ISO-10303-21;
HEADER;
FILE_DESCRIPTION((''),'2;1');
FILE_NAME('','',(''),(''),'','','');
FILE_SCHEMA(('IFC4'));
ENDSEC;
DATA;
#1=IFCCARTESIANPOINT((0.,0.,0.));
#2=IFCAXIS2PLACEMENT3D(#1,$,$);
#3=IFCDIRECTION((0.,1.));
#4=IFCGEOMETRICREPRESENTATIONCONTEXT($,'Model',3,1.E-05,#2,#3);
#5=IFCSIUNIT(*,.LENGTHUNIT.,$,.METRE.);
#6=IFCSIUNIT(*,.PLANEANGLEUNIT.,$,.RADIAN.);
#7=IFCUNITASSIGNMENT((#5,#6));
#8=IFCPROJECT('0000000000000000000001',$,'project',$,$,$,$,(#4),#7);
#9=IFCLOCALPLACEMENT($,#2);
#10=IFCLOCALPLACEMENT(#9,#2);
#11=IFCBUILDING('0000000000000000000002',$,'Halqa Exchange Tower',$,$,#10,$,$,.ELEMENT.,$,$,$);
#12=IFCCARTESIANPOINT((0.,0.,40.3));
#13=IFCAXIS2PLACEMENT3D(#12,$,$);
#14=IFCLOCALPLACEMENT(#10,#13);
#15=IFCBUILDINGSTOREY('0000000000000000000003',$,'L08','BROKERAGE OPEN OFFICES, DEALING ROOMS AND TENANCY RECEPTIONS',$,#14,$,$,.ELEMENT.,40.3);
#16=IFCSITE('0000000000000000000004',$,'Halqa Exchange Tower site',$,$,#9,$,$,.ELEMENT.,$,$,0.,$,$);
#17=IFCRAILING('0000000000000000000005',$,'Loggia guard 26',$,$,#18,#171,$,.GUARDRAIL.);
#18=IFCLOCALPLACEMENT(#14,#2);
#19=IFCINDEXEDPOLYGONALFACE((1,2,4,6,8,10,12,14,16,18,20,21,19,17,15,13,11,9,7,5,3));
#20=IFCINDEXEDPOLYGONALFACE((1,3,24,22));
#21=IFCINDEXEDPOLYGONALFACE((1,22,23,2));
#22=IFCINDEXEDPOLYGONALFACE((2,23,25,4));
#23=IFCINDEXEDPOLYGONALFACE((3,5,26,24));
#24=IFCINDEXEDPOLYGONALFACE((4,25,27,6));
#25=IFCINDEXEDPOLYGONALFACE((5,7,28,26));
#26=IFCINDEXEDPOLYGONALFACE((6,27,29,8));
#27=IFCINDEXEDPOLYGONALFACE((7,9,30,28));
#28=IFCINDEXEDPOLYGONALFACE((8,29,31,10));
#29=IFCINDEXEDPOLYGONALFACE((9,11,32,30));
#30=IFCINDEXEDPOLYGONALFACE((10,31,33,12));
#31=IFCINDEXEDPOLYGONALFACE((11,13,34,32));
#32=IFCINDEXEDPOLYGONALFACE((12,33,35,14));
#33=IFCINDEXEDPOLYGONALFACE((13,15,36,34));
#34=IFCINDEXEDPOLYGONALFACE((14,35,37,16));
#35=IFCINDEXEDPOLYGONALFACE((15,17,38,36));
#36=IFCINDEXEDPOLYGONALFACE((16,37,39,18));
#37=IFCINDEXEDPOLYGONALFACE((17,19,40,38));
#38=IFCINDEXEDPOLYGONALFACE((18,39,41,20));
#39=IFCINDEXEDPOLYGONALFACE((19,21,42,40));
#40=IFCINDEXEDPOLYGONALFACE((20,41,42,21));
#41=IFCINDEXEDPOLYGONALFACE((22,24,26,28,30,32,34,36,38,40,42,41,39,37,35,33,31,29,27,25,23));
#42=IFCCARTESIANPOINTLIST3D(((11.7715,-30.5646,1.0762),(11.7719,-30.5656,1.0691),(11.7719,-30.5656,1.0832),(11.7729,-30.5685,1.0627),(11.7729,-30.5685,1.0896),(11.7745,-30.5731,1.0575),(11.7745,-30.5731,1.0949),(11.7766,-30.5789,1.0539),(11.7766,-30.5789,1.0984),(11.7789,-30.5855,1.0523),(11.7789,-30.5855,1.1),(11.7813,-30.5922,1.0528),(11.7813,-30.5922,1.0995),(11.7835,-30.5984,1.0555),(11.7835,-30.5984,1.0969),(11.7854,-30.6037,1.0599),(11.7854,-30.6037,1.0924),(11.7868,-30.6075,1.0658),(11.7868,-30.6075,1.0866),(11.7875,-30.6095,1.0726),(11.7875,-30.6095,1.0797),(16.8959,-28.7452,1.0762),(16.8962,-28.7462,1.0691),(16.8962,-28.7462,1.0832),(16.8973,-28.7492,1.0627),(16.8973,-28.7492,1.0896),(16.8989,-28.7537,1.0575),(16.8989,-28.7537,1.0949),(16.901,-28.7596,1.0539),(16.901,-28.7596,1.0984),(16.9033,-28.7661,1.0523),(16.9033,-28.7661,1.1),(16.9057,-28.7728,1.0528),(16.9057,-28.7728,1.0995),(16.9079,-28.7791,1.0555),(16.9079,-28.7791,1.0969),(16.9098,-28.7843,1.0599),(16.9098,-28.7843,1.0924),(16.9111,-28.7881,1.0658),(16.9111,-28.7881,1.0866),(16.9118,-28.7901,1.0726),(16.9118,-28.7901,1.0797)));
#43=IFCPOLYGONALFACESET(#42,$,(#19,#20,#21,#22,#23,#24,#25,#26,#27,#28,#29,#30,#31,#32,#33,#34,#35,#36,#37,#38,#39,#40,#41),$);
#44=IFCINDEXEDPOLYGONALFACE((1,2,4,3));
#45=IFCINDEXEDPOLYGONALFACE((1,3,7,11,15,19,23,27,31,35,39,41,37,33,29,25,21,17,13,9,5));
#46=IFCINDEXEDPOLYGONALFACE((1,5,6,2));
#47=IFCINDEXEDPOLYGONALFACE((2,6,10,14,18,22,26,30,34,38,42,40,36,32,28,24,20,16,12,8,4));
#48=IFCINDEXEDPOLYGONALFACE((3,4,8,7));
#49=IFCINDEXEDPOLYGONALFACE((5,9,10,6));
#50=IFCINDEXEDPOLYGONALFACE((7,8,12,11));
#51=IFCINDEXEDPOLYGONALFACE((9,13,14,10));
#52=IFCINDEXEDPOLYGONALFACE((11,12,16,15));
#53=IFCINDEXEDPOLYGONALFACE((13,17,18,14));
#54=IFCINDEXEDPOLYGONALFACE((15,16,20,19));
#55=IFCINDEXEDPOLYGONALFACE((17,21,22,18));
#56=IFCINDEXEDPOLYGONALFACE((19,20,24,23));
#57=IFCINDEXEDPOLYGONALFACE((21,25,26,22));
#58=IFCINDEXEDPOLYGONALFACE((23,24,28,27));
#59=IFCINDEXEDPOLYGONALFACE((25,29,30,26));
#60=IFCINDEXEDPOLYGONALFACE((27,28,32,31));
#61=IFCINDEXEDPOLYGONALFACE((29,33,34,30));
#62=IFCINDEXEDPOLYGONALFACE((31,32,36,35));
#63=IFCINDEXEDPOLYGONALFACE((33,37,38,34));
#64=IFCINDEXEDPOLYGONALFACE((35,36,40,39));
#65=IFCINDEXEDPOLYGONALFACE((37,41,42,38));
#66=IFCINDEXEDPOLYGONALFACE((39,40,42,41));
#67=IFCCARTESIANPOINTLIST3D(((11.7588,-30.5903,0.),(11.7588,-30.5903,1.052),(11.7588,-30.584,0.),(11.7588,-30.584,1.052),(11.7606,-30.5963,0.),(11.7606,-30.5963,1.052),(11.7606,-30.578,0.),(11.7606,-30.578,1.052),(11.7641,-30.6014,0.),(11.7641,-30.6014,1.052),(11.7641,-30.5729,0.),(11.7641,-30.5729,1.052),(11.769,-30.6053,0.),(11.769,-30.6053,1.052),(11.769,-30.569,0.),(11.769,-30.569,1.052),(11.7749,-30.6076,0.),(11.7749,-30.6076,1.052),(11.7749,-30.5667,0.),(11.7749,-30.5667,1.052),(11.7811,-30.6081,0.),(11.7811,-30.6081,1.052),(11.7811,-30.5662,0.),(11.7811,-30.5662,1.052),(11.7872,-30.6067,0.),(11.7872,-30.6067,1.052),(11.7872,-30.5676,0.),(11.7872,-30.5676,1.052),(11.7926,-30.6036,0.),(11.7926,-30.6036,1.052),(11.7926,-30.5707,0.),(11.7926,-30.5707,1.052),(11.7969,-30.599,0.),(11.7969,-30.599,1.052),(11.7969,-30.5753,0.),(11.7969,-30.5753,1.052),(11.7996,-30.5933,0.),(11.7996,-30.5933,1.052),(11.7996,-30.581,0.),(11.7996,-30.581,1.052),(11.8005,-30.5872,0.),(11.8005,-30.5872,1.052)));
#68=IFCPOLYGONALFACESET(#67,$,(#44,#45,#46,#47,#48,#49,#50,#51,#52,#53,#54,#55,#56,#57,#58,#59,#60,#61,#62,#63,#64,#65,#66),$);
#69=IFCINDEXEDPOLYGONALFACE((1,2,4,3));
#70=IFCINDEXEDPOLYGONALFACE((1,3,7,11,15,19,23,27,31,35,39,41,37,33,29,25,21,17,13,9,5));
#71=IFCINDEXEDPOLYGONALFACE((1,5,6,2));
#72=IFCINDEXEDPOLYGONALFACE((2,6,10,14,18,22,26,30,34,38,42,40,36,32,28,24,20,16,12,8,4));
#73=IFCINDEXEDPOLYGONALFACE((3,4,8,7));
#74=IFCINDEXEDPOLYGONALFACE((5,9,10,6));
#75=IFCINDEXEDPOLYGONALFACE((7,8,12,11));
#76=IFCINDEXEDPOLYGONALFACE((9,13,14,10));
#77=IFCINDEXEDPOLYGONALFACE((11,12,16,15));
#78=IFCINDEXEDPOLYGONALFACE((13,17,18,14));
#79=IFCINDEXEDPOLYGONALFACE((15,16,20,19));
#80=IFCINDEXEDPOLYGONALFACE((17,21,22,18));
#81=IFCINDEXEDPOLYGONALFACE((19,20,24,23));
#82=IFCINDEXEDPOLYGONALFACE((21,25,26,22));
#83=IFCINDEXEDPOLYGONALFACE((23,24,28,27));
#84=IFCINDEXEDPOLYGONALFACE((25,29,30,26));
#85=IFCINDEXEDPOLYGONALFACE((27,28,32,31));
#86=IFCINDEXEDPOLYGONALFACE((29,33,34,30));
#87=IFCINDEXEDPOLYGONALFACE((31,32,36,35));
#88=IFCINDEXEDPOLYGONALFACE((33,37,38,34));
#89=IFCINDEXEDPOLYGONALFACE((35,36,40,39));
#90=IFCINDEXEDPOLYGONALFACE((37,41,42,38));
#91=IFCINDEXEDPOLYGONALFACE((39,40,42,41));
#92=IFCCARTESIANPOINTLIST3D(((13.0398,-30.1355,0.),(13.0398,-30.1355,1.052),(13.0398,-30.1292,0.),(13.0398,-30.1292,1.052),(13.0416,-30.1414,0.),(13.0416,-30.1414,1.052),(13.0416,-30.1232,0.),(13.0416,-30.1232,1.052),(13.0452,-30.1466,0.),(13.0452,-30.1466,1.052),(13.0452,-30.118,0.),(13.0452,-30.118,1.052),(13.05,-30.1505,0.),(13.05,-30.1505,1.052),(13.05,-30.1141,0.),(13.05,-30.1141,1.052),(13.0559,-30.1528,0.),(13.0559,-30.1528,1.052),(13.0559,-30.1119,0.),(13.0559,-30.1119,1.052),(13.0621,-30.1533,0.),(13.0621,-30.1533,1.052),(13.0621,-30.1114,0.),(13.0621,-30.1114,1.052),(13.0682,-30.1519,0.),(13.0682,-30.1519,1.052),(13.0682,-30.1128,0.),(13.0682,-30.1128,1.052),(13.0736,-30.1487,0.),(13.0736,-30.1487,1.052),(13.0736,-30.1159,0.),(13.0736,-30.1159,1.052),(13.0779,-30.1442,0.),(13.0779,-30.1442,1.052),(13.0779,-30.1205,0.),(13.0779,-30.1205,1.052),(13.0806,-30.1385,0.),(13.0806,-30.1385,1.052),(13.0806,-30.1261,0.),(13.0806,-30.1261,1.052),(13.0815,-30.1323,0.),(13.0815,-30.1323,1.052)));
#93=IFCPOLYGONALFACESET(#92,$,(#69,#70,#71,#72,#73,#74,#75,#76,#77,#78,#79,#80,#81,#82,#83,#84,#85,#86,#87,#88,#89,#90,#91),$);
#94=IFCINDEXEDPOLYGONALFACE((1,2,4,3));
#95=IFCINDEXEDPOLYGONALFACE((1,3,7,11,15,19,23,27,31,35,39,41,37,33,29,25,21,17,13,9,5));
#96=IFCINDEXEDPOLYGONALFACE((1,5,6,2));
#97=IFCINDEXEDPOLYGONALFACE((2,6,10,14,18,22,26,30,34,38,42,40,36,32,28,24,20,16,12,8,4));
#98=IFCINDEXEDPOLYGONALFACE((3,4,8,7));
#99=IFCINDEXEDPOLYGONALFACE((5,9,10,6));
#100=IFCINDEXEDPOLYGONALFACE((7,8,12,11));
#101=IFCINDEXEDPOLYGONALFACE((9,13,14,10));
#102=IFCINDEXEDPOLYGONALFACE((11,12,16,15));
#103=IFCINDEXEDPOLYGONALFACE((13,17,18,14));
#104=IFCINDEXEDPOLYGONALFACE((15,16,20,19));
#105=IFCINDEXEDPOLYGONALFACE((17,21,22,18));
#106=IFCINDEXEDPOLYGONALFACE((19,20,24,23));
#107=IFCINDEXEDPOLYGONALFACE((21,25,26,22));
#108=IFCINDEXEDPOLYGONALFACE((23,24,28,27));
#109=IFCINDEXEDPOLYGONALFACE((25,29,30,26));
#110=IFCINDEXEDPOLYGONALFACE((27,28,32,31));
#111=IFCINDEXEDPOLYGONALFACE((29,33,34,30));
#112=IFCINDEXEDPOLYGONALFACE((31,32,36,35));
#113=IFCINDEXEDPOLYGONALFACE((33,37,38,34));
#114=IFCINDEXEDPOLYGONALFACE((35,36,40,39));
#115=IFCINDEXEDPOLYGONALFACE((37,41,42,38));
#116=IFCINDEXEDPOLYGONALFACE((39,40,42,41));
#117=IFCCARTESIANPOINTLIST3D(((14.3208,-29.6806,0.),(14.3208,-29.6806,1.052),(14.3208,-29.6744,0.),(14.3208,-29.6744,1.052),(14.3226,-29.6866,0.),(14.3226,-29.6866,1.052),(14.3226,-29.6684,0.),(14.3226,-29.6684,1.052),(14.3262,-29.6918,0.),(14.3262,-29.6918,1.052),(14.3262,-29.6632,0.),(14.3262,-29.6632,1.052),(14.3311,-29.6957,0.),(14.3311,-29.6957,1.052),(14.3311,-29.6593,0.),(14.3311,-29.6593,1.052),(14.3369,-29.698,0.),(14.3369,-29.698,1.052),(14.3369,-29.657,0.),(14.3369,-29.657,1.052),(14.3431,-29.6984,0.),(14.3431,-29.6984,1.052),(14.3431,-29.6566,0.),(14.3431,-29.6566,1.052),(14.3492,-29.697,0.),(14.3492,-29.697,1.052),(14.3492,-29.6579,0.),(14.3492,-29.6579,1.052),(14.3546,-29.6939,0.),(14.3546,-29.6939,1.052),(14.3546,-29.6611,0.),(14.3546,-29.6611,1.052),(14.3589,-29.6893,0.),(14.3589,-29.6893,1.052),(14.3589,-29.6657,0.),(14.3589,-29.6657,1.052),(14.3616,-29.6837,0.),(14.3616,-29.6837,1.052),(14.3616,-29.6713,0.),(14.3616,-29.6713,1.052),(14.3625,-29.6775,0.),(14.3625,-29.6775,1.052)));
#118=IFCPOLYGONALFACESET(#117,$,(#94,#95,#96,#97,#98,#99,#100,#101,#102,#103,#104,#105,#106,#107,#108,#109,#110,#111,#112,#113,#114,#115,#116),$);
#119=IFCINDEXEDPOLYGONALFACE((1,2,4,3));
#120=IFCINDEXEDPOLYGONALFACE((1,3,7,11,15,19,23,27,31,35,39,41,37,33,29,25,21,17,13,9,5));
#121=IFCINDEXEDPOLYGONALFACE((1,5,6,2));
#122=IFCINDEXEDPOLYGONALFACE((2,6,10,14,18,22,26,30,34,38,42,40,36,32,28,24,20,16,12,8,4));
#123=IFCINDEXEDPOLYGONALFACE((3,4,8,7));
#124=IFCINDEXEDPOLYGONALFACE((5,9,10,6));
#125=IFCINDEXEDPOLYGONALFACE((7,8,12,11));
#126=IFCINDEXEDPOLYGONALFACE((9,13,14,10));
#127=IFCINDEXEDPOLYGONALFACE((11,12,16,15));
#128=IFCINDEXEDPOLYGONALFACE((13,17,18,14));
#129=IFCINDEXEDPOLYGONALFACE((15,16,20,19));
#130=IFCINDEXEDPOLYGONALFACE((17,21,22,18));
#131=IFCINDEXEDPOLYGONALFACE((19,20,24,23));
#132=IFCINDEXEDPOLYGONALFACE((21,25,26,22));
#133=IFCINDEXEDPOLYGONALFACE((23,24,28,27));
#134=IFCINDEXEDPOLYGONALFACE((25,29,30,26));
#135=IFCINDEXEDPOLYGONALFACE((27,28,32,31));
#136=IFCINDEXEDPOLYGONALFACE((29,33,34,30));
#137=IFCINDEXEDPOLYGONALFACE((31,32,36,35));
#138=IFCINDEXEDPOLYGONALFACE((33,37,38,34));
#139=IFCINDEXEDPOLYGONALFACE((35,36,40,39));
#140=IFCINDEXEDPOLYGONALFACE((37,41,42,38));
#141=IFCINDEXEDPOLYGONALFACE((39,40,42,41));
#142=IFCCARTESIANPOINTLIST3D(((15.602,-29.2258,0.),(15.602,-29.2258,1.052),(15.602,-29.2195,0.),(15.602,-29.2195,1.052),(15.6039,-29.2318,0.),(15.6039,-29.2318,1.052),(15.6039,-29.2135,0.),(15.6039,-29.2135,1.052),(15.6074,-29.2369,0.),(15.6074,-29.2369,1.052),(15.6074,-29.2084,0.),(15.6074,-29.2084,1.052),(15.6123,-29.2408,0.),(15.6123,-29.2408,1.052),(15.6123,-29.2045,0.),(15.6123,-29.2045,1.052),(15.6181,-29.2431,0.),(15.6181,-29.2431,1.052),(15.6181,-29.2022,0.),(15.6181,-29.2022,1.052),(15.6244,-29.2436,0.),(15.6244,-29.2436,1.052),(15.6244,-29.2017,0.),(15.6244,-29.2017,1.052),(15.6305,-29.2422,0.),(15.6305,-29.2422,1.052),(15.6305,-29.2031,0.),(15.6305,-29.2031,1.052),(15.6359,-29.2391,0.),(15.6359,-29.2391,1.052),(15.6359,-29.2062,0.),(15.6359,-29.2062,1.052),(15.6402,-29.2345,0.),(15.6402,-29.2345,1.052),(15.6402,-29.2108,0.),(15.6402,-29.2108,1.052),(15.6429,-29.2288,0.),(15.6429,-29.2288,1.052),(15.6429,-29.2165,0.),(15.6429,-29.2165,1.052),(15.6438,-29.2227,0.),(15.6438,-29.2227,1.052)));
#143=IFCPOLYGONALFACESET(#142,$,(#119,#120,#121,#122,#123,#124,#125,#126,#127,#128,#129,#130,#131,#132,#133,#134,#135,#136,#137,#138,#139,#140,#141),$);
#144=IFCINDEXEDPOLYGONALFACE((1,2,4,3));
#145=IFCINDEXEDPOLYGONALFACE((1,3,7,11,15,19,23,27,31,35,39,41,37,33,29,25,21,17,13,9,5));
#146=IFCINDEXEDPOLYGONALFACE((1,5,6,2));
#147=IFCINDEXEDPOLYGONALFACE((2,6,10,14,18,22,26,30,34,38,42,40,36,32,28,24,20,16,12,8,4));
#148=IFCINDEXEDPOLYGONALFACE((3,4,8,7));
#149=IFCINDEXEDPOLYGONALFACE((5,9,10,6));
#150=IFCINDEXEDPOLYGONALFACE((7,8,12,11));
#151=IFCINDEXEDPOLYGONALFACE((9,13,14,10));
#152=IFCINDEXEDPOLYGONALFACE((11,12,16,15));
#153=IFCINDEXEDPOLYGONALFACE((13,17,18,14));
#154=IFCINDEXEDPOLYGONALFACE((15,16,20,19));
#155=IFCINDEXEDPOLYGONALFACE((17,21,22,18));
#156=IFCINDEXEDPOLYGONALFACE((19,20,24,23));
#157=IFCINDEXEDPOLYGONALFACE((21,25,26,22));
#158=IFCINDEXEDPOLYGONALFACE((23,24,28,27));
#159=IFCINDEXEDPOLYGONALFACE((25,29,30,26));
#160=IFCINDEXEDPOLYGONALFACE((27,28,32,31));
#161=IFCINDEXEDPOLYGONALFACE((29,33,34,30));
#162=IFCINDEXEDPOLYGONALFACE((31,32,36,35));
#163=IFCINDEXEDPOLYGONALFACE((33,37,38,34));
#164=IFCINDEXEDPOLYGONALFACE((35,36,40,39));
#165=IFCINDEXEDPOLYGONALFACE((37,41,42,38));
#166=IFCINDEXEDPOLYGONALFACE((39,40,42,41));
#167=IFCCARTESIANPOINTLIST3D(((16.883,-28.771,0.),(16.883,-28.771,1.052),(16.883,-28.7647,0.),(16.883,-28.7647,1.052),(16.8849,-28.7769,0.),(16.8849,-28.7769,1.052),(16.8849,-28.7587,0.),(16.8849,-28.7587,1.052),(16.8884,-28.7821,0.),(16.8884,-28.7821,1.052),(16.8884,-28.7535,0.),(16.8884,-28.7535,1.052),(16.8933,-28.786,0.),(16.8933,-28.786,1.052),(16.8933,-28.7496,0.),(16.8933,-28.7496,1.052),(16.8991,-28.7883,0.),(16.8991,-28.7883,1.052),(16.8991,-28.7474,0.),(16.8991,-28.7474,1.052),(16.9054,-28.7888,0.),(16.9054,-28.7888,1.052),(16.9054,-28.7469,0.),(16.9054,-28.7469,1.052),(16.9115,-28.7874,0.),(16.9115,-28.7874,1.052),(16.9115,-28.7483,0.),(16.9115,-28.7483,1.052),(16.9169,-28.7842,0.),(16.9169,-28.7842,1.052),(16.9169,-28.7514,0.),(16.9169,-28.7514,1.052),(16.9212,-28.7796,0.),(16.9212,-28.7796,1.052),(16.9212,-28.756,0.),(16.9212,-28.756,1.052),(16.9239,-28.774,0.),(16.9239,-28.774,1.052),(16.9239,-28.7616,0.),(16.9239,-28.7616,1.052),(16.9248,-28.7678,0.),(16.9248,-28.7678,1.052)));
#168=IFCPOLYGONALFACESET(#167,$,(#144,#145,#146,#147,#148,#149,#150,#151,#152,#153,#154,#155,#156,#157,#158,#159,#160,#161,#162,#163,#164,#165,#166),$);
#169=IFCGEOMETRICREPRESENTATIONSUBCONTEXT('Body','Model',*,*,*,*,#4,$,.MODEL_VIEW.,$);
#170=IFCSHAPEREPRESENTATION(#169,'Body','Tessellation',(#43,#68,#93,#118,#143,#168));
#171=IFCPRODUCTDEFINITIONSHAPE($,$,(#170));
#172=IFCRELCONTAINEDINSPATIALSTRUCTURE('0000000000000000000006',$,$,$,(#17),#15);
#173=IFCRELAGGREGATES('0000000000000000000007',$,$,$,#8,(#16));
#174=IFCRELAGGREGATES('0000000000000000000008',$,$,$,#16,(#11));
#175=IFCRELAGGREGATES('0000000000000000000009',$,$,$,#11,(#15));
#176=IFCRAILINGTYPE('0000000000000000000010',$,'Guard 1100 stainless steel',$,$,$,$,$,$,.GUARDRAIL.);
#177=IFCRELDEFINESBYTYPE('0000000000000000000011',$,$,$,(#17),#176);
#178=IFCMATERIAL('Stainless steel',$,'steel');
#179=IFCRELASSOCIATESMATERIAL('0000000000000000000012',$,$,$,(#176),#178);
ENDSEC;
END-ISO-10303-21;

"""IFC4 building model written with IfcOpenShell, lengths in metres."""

from ifc_helpers import new_model, si_unit, direction, frame, origin, origin_2d, place, context, subcontext, project, spatial, circle, extrude, material, type_object, element, save


model = new_model("IFC4")

# Units and contexts
model_context = context("Model", 3, precision=1e-05, world=origin(), true_north=direction((0.0, 1.0)))
body_context = subcontext(model_context, "Body", "Model", "MODEL_VIEW")
ifc_project = project(units=[si_unit("LENGTHUNIT", "METRE"), si_unit("PLANEANGLEUNIT", "RADIAN")], contexts=[model_context])

# Site, building, storey
site_placement = place(None, origin())
site = spatial("IfcSite", under=ifc_project, at=site_placement, Name="Halqa Exchange Tower site", CompositionType="ELEMENT", RefElevation=0.0)
building_placement = place(site_placement, origin())
building = spatial("IfcBuilding", under=site, at=building_placement, Name="Halqa Exchange Tower", CompositionType="ELEMENT")
storey_placement = place(building_placement, frame((0.0, 0.0, 40.3)))
storey = spatial("IfcBuildingStorey", under=building, at=storey_placement, Name="L08", Description="BROKERAGE OPEN OFFICES, DEALING ROOMS AND TENANCY RECEPTIONS", CompositionType="ELEMENT", Elevation=40.3)

# Railing
ifc_material_1 = material(Name="Stainless steel", Category="steel")
railing_type = type_object("IfcRailingType", Name="Guard 1100 stainless steel", PredefinedType="GUARDRAIL", material=ifc_material_1)
railing_1_placement = place(storey_placement, frame((11.7795, -30.5872, 0.0)))
element("IfcRailing", 1, at=railing_1_placement, inside=storey, type_object=railing_type, Name="Loggia guard 26", PredefinedType="GUARDRAIL", context=body_context, shape_type="SweptSolid", body=[
    extrude(circle(Radius=0.0239, at=origin_2d()), frame((0.0, 0.0, 1.0762), z_axis=(0.942367, 0.334581, 0.0), x_axis=(-0.334581, 0.942367, 0.0)), (0.0, 0.0, 1.0), 5.4377),
    extrude(circle(Radius=0.021, at=origin_2d()), origin(), (0.0, 0.0, 1.0), 1.052),
    extrude(circle(Radius=0.021, at=origin_2d()), frame((1.281, 0.4548, 0.0)), (0.0, 0.0, 1.0), 1.052),
    extrude(circle(Radius=0.021, at=origin_2d()), frame((2.562, 0.9097, 0.0)), (0.0, 0.0, 1.0), 1.052),
    extrude(circle(Radius=0.021, at=origin_2d()), frame((3.8433, 1.3645, 0.0)), (0.0, 0.0, 1.0), 1.052),
    extrude(circle(Radius=0.021, at=origin_2d()), frame((5.1243, 1.8193, 0.0)), (0.0, 0.0, 1.0), 1.052),
])

save(model, "model.ifc")
